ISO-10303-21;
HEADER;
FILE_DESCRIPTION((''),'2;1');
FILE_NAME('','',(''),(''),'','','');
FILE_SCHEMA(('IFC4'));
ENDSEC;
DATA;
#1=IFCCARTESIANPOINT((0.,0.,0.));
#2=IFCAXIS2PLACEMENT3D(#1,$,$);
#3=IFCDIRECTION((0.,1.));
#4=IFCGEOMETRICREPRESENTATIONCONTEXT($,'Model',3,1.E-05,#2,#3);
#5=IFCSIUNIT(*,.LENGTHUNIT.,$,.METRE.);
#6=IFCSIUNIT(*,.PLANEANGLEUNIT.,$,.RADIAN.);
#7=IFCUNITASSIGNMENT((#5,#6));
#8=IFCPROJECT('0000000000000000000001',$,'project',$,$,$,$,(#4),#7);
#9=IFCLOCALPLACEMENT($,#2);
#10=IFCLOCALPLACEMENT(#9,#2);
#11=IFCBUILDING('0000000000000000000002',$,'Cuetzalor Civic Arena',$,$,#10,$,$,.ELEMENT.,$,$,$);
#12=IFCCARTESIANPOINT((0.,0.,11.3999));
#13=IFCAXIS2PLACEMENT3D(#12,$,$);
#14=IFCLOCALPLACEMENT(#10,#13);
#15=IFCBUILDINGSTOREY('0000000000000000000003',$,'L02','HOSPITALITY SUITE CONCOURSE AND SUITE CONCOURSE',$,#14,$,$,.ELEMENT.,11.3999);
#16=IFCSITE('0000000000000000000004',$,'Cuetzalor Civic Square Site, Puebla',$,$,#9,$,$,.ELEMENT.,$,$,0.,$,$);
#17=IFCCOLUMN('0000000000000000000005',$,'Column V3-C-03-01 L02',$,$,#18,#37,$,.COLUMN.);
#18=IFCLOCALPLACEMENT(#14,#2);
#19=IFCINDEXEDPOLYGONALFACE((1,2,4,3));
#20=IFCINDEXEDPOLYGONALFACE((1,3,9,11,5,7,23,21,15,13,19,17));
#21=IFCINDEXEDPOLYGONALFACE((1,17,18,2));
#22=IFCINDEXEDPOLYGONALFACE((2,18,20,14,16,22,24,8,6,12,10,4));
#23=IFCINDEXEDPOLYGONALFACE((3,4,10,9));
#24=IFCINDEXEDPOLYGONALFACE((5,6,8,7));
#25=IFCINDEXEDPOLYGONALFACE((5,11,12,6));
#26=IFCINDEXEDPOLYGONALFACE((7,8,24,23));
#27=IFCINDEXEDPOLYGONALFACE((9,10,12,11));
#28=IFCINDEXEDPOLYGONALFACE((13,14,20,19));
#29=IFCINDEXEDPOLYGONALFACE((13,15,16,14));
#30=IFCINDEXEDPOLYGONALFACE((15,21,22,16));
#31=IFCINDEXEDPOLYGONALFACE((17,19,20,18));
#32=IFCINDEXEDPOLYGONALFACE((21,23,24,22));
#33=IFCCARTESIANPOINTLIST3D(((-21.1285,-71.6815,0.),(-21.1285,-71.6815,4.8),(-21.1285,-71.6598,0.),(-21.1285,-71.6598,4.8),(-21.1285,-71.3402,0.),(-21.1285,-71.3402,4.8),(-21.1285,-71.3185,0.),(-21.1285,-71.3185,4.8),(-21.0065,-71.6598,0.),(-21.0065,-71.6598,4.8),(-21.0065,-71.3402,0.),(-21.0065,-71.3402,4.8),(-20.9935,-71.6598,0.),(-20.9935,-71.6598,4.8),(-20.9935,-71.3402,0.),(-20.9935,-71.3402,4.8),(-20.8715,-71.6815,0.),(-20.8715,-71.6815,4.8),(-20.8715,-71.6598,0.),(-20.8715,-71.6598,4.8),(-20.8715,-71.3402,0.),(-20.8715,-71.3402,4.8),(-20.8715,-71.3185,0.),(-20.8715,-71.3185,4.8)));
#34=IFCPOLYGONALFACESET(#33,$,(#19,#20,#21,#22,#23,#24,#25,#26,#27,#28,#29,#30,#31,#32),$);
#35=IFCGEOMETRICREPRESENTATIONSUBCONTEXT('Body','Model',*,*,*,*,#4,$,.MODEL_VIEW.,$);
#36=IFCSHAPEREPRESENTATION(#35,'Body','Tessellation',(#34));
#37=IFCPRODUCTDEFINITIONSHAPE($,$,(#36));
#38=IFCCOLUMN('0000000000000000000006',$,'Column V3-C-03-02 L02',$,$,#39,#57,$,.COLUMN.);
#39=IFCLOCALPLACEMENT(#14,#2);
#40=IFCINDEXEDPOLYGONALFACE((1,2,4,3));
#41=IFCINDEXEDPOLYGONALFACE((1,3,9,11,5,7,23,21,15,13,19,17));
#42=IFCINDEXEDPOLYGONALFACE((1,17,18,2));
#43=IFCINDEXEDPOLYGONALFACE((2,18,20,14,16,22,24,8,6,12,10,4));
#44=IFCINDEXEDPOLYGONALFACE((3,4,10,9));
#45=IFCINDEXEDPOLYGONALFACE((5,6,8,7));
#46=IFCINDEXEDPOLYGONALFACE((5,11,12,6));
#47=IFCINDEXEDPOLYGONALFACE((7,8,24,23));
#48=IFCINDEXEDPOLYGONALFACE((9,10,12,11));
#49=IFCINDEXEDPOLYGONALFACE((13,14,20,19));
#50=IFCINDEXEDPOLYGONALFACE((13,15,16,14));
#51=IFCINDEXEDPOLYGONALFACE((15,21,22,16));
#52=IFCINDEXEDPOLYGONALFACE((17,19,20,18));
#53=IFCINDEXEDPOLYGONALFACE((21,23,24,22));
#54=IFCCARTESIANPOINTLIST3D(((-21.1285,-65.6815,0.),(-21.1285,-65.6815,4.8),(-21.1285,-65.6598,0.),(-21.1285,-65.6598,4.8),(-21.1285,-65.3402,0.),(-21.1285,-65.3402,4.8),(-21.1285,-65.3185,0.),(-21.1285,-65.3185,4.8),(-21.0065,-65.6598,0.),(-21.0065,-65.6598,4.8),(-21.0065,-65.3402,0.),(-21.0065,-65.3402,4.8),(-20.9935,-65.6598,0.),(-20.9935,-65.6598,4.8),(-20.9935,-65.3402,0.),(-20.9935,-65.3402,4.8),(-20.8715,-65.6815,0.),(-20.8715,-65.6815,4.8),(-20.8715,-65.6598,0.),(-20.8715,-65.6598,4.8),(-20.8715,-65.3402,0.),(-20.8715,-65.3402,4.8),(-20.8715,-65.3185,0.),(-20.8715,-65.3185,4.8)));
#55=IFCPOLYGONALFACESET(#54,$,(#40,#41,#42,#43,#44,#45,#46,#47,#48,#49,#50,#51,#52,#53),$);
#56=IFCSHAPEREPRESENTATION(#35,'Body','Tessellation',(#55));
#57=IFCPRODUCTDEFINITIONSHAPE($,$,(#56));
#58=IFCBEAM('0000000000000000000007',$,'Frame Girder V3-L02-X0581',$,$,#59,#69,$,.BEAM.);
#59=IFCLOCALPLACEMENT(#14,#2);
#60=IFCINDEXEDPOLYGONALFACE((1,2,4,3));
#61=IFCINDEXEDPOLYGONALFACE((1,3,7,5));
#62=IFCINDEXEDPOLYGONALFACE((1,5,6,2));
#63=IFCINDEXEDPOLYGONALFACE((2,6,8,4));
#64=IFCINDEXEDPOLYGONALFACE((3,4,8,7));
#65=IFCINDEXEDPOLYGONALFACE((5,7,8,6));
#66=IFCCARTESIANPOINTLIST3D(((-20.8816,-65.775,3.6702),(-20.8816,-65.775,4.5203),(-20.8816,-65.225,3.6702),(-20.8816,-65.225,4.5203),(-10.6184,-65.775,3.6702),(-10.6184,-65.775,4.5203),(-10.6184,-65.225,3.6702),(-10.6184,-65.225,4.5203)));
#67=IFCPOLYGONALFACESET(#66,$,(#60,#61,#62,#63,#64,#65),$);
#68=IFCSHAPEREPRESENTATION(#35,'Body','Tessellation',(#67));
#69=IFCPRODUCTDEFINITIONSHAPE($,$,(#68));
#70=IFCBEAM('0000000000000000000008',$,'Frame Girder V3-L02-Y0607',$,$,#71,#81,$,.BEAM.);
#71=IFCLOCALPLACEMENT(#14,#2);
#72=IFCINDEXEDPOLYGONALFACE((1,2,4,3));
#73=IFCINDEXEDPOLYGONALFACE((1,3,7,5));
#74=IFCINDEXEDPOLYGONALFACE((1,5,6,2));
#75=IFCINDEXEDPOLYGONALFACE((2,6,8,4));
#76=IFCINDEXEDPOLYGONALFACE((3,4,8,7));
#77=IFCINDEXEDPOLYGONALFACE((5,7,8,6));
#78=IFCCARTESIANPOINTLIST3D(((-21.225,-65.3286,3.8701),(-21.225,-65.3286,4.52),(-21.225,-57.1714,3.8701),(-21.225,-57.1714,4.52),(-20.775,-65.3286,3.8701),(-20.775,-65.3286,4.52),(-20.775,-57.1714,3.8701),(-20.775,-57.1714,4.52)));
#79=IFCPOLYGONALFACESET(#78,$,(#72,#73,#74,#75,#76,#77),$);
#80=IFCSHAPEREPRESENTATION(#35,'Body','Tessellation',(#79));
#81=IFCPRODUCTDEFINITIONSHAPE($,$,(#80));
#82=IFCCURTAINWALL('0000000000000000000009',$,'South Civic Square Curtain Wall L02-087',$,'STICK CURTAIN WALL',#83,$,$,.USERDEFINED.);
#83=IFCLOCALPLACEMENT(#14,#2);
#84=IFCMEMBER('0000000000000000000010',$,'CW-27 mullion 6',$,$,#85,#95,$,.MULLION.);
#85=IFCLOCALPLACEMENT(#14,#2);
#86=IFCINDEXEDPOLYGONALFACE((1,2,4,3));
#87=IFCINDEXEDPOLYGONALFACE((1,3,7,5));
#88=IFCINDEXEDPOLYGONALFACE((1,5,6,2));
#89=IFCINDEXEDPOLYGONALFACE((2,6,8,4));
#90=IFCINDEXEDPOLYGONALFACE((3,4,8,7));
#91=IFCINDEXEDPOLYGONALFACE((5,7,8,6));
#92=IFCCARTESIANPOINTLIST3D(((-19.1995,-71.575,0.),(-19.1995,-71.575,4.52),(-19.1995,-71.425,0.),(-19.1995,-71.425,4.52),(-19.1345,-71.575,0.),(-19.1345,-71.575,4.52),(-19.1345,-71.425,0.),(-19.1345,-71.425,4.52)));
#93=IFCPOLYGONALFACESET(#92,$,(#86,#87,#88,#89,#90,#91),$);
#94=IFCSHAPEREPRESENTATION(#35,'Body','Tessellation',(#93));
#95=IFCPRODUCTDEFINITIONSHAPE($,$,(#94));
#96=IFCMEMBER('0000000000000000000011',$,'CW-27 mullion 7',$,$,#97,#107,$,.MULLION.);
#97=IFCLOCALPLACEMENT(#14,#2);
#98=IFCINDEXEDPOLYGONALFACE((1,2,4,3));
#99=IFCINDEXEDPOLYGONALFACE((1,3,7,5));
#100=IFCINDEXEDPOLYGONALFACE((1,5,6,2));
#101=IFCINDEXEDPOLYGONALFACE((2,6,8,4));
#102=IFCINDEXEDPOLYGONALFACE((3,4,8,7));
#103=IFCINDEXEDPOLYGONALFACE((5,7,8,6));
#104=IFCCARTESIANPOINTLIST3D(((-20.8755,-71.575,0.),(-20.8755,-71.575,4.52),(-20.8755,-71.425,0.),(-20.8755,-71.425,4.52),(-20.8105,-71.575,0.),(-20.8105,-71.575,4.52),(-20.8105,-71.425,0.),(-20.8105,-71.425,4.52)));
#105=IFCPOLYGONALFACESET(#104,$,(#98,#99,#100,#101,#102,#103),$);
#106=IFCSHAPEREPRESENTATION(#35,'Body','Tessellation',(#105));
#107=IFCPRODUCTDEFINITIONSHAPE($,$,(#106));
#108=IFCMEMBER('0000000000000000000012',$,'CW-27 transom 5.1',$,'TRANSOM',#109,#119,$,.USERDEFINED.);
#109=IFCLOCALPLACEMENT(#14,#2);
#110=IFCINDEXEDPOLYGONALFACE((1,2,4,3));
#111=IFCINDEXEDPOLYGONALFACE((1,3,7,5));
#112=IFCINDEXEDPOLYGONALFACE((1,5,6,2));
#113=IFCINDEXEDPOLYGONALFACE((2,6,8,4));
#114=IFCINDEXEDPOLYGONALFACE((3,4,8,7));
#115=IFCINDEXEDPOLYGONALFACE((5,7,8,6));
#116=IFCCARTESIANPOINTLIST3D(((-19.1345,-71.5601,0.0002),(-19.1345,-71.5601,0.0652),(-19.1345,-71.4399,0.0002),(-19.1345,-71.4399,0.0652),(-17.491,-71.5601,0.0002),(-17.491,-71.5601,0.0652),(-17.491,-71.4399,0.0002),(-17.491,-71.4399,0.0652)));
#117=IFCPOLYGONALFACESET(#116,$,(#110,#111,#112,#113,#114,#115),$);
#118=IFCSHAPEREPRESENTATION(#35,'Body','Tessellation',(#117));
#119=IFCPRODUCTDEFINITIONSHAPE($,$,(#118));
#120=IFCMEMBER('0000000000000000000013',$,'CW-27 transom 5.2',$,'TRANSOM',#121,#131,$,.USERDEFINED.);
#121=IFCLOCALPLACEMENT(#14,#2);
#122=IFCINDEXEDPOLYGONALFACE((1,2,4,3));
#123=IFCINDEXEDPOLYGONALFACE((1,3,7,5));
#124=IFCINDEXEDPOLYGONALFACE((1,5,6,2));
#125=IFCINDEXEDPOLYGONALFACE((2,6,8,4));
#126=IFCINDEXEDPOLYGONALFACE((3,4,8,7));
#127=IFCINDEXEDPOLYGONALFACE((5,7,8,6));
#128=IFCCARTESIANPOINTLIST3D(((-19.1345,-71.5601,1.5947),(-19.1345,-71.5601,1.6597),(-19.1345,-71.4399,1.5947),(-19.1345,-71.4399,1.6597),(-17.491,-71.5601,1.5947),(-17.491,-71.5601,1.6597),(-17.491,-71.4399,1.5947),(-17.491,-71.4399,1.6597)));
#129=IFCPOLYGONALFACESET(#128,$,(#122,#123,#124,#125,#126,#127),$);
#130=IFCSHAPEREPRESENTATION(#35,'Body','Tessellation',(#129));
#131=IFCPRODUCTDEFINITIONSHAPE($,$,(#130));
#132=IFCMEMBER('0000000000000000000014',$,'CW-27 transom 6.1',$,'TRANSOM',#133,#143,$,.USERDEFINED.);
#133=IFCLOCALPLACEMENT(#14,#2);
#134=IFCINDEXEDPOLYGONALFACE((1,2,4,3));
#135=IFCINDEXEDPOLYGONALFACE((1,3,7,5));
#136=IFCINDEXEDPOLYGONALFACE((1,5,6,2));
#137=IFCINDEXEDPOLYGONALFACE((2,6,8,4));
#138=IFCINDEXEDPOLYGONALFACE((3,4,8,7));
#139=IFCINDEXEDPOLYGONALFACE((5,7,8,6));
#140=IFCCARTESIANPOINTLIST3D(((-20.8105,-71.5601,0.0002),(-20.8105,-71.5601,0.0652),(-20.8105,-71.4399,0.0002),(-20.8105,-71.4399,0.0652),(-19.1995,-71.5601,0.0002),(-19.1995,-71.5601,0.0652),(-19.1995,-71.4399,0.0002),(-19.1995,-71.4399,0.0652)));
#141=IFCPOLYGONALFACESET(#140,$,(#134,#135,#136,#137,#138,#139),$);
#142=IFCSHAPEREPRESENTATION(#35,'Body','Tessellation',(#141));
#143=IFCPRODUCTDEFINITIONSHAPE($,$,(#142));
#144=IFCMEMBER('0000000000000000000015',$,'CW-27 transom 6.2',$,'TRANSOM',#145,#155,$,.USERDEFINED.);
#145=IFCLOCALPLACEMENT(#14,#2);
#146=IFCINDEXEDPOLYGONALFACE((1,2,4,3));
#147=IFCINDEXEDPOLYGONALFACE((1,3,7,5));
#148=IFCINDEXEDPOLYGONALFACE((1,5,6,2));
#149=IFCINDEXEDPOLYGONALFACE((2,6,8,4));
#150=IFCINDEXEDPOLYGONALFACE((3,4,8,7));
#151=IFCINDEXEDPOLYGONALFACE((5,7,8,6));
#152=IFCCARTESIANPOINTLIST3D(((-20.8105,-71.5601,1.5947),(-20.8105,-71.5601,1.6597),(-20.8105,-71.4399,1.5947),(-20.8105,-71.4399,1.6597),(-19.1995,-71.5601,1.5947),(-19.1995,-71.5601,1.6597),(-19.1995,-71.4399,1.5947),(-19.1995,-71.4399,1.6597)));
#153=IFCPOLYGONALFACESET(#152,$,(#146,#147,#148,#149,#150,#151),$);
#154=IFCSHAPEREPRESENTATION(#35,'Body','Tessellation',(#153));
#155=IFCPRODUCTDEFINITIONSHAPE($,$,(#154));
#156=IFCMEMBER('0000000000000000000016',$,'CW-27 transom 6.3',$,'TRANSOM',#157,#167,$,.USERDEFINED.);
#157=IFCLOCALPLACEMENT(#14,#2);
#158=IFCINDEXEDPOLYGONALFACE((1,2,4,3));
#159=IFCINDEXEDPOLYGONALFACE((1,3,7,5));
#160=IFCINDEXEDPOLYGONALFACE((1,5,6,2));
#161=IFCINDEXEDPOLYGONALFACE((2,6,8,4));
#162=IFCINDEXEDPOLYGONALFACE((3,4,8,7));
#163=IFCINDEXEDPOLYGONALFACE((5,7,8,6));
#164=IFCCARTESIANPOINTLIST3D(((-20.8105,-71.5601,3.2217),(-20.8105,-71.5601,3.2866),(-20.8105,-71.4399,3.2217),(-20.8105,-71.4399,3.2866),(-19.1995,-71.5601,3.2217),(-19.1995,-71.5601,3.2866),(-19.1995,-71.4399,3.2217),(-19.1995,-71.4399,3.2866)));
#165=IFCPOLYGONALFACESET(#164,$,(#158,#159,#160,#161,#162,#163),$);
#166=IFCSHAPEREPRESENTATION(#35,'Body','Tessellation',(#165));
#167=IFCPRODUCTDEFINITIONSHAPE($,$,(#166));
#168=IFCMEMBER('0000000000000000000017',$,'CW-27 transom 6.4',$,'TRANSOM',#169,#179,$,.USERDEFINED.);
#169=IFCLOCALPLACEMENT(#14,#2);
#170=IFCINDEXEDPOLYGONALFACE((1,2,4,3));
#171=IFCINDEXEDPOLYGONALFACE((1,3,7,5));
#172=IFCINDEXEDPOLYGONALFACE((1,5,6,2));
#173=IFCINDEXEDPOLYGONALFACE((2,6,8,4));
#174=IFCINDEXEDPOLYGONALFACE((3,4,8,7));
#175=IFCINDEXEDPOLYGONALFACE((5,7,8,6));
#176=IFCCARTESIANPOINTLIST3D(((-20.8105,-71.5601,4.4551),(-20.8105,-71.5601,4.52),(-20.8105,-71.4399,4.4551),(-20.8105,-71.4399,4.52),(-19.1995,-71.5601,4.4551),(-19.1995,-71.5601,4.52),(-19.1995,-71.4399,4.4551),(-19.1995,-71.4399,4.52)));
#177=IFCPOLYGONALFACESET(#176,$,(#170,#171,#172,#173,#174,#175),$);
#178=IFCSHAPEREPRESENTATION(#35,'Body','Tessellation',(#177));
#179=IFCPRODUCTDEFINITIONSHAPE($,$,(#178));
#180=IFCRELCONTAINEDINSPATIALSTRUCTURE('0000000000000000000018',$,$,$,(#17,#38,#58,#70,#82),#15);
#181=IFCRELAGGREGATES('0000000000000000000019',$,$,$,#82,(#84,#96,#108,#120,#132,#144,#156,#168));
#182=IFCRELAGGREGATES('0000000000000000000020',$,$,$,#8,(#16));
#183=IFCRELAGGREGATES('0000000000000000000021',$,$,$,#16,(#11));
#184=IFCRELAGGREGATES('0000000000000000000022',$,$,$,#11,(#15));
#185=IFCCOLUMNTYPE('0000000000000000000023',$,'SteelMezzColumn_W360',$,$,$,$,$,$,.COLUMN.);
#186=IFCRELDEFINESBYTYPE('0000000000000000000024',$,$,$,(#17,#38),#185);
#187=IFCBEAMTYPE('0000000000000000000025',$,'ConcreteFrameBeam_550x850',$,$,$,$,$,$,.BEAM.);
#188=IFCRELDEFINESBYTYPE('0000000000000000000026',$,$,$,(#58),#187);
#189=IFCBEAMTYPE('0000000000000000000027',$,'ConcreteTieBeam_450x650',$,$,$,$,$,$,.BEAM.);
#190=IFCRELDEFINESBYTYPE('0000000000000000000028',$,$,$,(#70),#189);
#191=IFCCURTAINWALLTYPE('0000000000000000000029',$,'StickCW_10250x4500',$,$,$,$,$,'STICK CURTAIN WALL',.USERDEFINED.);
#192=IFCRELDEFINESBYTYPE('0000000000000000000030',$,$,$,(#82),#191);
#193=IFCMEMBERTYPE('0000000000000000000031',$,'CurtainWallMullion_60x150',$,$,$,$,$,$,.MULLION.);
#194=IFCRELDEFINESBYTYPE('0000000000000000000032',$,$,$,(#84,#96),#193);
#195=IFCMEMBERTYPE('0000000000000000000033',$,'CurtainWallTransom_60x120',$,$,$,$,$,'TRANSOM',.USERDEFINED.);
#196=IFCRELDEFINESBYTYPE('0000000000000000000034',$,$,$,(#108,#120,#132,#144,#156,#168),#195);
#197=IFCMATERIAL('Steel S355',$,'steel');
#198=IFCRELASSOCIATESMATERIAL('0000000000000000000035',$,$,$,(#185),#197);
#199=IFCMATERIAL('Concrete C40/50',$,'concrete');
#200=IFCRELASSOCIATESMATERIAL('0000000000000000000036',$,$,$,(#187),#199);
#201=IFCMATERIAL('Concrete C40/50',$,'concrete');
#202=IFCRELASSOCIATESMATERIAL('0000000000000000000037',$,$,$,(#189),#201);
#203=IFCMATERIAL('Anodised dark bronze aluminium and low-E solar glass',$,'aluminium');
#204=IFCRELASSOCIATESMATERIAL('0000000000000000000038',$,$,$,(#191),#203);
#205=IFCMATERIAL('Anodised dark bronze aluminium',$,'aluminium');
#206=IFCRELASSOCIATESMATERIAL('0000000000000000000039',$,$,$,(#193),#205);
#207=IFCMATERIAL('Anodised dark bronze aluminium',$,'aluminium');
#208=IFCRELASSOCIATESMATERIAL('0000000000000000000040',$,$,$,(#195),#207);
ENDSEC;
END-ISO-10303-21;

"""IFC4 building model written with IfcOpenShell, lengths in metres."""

from ifc_helpers import new_model, si_unit, direction, frame, origin, origin_2d, place, context, subcontext, project, spatial, rectangle, i_section, extrude, material, material_profile, profile_set, type_object, element, aggregate, save


model = new_model("IFC4")

# Units and contexts
model_context = context("Model", 3, precision=1e-05, world=origin(), true_north=direction((0.0, 1.0)))
body_context = subcontext(model_context, "Body", "Model", "MODEL_VIEW")
ifc_project = project(units=[si_unit("LENGTHUNIT", "METRE"), si_unit("PLANEANGLEUNIT", "RADIAN")], contexts=[model_context])

# Site, building, storey
site_placement = place(None, origin())
site = spatial("IfcSite", under=ifc_project, at=site_placement, Name="Cuetzalor Civic Square Site, Puebla", CompositionType="ELEMENT", RefElevation=0.0)
building_placement = place(site_placement, origin())
building = spatial("IfcBuilding", under=site, at=building_placement, Name="Cuetzalor Civic Arena", CompositionType="ELEMENT")
storey_placement = place(building_placement, frame((0.0, 0.0, 11.3999)))
storey = spatial("IfcBuildingStorey", under=building, at=storey_placement, Name="L02", Description="HOSPITALITY SUITE CONCOURSE AND SUITE CONCOURSE", CompositionType="ELEMENT", Elevation=11.3999)

# Columns
ifc_material_1 = material(Name="Steel S355", Category="steel")
ifc_material_profile_1 = material_profile(ifc_material_1, i_section(OverallWidth=0.2571, OverallDepth=0.363, WebThickness=0.0129, FlangeThickness=0.0217, at=origin_2d()), Name="W360x122")
ifc_profile_set_1 = profile_set([ifc_material_profile_1], Name="Steel S355")
column_type = type_object("IfcColumnType", Name="SteelMezzColumn_W360", PredefinedType="COLUMN", material=ifc_profile_set_1)
for number, where, z_axis, x_axis, name in (
    (1, (-21.0, -71.5, 0.0), (0.0, 0.0, 1.0), (1.0, 0.0, 0.0), "Column V3-C-03-01 L02"),
    (2, (-21.0, -65.5, 0.0), (0.0, 0.0, 1.0), (1.0, 0.0, 0.0), "Column V3-C-03-02 L02"),
):
    element("IfcColumn", number, at=place(storey_placement, frame(where, z_axis=z_axis, x_axis=x_axis)), inside=storey, type_object=column_type, Name=name, PredefinedType="COLUMN", context=body_context, shape_type="SweptSolid", body=[
        extrude(i_section(OverallWidth=0.2571, OverallDepth=0.363, WebThickness=0.0129, FlangeThickness=0.0217, at=origin_2d()), origin(), (0.0, 0.0, 1.0), 4.8),
    ])

# Beams
ifc_material_2 = material(Name="Concrete C40/50", Category="concrete")
ifc_material_profile_2 = material_profile(ifc_material_2, rectangle(XDim=0.55, YDim=0.8501, at=origin_2d()), Name="RC 550x850")
ifc_profile_set_2 = profile_set([ifc_material_profile_2], Name="Concrete C40/50")
beam_type_1 = type_object("IfcBeamType", Name="ConcreteFrameBeam_550x850", PredefinedType="BEAM", material=ifc_profile_set_2)
beam_1_placement = place(storey_placement, frame((-20.8816, -65.5, 4.0952), z_axis=(1.0, 0.0, 0.0), x_axis=(0.0, 1.0, 0.0)))
element("IfcBeam", 3, at=beam_1_placement, inside=storey, type_object=beam_type_1, Name="Frame Girder V3-L02-X0581", PredefinedType="BEAM", context=body_context, shape_type="SweptSolid", body=[
    extrude(rectangle(XDim=0.55, YDim=0.8501, at=origin_2d()), origin(), (0.0, 0.0, 1.0), 10.2632),
])
ifc_material_3 = material(Name="Concrete C40/50", Category="concrete")
ifc_material_profile_3 = material_profile(ifc_material_3, rectangle(XDim=0.45, YDim=0.6499, at=origin_2d()), Name="RC 450x650")
ifc_profile_set_3 = profile_set([ifc_material_profile_3], Name="Concrete C40/50")
beam_type_2 = type_object("IfcBeamType", Name="ConcreteTieBeam_450x650", PredefinedType="BEAM", material=ifc_profile_set_3)
beam_2_placement = place(storey_placement, frame((-21.0, -65.3286, 4.1951), z_axis=(0.0, 1.0, 0.0), x_axis=(-1.0, 0.0, 0.0)))
element("IfcBeam", 4, at=beam_2_placement, inside=storey, type_object=beam_type_2, Name="Frame Girder V3-L02-Y0607", PredefinedType="BEAM", context=body_context, shape_type="SweptSolid", body=[
    extrude(rectangle(XDim=0.45, YDim=0.6499, at=origin_2d()), origin(), (0.0, 0.0, 1.0), 8.1572),
])

# Curtain wall, members
ifc_material_4 = material(Name="Anodised dark bronze aluminium and low-E solar glass", Category="aluminium")
curtain_wall_type = type_object("IfcCurtainWallType", Name="StickCW_10250x4500", ElementType="STICK CURTAIN WALL", PredefinedType="USERDEFINED", material=ifc_material_4)
curtain_wall_placement = place(storey_placement, origin())
curtain_wall = element("IfcCurtainWall", 5, at=curtain_wall_placement, inside=storey, type_object=curtain_wall_type, Name="South Civic Square Curtain Wall L02-087", ObjectType="STICK CURTAIN WALL", PredefinedType="USERDEFINED")
ifc_material_5 = material(Name="Anodised dark bronze aluminium", Category="aluminium")
ifc_material_profile_4 = material_profile(ifc_material_5, rectangle(XDim=0.0649, YDim=0.1499, at=origin_2d()), Name="ALU MULLION 65x150")
ifc_profile_set_4 = profile_set([ifc_material_profile_4], Name="Anodised dark bronze aluminium")
member_type_1 = type_object("IfcMemberType", Name="CurtainWallMullion_60x150", PredefinedType="MULLION", material=ifc_profile_set_4)
member_1_placement = place(storey_placement, frame((-19.167, -71.5, 0.0), z_axis=(0.0, 0.0, 1.0), x_axis=(-1.0, 0.0, 0.0)))
member_1 = element("IfcMember", 6, at=member_1_placement, type_object=member_type_1, Name="CW-27 mullion 6", PredefinedType="MULLION", context=body_context, shape_type="SweptSolid", body=[
    extrude(rectangle(XDim=0.0649, YDim=0.1499, at=origin_2d()), origin(), (0.0, 0.0, 1.0), 4.52),
])
member_2_placement = place(storey_placement, frame((-20.843, -71.5, 0.0), z_axis=(0.0, 0.0, 1.0), x_axis=(-1.0, 0.0, 0.0)))
member_2 = element("IfcMember", 7, at=member_2_placement, type_object=member_type_1, Name="CW-27 mullion 7", PredefinedType="MULLION", context=body_context, shape_type="SweptSolid", body=[
    extrude(rectangle(XDim=0.0649, YDim=0.1499, at=origin_2d()), origin(), (0.0, 0.0, 1.0), 4.52),
])
ifc_material_6 = material(Name="Anodised dark bronze aluminium", Category="aluminium")
ifc_material_profile_5 = material_profile(ifc_material_6, rectangle(XDim=0.1201, YDim=0.0649, at=origin_2d()), Name="ALU TRANSOM 65x120")
ifc_profile_set_5 = profile_set([ifc_material_profile_5], Name="Anodised dark bronze aluminium")
member_type_2 = type_object("IfcMemberType", Name="CurtainWallTransom_60x120", ElementType="TRANSOM", PredefinedType="USERDEFINED", material=ifc_profile_set_5)
member_3_placement = place(storey_placement, frame((-17.491, -71.5, 0.0327), z_axis=(-1.0, 0.0, 0.0), x_axis=(0.0, -1.0, 0.0)))
member_3 = element("IfcMember", 8, at=member_3_placement, type_object=member_type_2, Name="CW-27 transom 5.1", ObjectType="TRANSOM", PredefinedType="USERDEFINED", context=body_context, shape_type="SweptSolid", body=[
    extrude(rectangle(XDim=0.1201, YDim=0.0649, at=origin_2d()), origin(), (0.0, 0.0, 1.0), 1.6436),
])
member_4_placement = place(storey_placement, frame((-17.491, -71.5, 1.6272), z_axis=(-1.0, 0.0, 0.0), x_axis=(0.0, -1.0, 0.0)))
member_4 = element("IfcMember", 9, at=member_4_placement, type_object=member_type_2, Name="CW-27 transom 5.2", ObjectType="TRANSOM", PredefinedType="USERDEFINED", context=body_context, shape_type="SweptSolid", body=[
    extrude(rectangle(XDim=0.1201, YDim=0.0649, at=origin_2d()), origin(), (0.0, 0.0, 1.0), 1.6436),
])
member_5_placement = place(storey_placement, frame((-19.1995, -71.5, 0.0327), z_axis=(-1.0, 0.0, 0.0), x_axis=(0.0, -1.0, 0.0)))
member_5 = element("IfcMember", 10, at=member_5_placement, type_object=member_type_2, Name="CW-27 transom 6.1", ObjectType="TRANSOM", PredefinedType="USERDEFINED", context=body_context, shape_type="SweptSolid", body=[
    extrude(rectangle(XDim=0.1201, YDim=0.0649, at=origin_2d()), origin(), (0.0, 0.0, 1.0), 1.6111),
])
member_6_placement = place(storey_placement, frame((-19.1995, -71.5, 1.6272), z_axis=(-1.0, 0.0, 0.0), x_axis=(0.0, -1.0, 0.0)))
member_6 = element("IfcMember", 11, at=member_6_placement, type_object=member_type_2, Name="CW-27 transom 6.2", ObjectType="TRANSOM", PredefinedType="USERDEFINED", context=body_context, shape_type="SweptSolid", body=[
    extrude(rectangle(XDim=0.1201, YDim=0.0649, at=origin_2d()), origin(), (0.0, 0.0, 1.0), 1.6111),
])
member_7_placement = place(storey_placement, frame((-19.1995, -71.5, 3.2542), z_axis=(-1.0, 0.0, 0.0), x_axis=(0.0, -1.0, 0.0)))
member_7 = element("IfcMember", 12, at=member_7_placement, type_object=member_type_2, Name="CW-27 transom 6.3", ObjectType="TRANSOM", PredefinedType="USERDEFINED", context=body_context, shape_type="SweptSolid", body=[
    extrude(rectangle(XDim=0.1201, YDim=0.0649, at=origin_2d()), origin(), (0.0, 0.0, 1.0), 1.6111),
])
member_8_placement = place(storey_placement, frame((-19.1995, -71.5, 4.4875), z_axis=(-1.0, 0.0, 0.0), x_axis=(0.0, -1.0, 0.0)))
member_8 = element("IfcMember", 13, at=member_8_placement, type_object=member_type_2, Name="CW-27 transom 6.4", ObjectType="TRANSOM", PredefinedType="USERDEFINED", context=body_context, shape_type="SweptSolid", body=[
    extrude(rectangle(XDim=0.1201, YDim=0.0649, at=origin_2d()), origin(), (0.0, 0.0, 1.0), 1.6111),
])
aggregate(curtain_wall, [member_1, member_2, member_3, member_4, member_5, member_6, member_7, member_8])

save(model, "model.ifc")
